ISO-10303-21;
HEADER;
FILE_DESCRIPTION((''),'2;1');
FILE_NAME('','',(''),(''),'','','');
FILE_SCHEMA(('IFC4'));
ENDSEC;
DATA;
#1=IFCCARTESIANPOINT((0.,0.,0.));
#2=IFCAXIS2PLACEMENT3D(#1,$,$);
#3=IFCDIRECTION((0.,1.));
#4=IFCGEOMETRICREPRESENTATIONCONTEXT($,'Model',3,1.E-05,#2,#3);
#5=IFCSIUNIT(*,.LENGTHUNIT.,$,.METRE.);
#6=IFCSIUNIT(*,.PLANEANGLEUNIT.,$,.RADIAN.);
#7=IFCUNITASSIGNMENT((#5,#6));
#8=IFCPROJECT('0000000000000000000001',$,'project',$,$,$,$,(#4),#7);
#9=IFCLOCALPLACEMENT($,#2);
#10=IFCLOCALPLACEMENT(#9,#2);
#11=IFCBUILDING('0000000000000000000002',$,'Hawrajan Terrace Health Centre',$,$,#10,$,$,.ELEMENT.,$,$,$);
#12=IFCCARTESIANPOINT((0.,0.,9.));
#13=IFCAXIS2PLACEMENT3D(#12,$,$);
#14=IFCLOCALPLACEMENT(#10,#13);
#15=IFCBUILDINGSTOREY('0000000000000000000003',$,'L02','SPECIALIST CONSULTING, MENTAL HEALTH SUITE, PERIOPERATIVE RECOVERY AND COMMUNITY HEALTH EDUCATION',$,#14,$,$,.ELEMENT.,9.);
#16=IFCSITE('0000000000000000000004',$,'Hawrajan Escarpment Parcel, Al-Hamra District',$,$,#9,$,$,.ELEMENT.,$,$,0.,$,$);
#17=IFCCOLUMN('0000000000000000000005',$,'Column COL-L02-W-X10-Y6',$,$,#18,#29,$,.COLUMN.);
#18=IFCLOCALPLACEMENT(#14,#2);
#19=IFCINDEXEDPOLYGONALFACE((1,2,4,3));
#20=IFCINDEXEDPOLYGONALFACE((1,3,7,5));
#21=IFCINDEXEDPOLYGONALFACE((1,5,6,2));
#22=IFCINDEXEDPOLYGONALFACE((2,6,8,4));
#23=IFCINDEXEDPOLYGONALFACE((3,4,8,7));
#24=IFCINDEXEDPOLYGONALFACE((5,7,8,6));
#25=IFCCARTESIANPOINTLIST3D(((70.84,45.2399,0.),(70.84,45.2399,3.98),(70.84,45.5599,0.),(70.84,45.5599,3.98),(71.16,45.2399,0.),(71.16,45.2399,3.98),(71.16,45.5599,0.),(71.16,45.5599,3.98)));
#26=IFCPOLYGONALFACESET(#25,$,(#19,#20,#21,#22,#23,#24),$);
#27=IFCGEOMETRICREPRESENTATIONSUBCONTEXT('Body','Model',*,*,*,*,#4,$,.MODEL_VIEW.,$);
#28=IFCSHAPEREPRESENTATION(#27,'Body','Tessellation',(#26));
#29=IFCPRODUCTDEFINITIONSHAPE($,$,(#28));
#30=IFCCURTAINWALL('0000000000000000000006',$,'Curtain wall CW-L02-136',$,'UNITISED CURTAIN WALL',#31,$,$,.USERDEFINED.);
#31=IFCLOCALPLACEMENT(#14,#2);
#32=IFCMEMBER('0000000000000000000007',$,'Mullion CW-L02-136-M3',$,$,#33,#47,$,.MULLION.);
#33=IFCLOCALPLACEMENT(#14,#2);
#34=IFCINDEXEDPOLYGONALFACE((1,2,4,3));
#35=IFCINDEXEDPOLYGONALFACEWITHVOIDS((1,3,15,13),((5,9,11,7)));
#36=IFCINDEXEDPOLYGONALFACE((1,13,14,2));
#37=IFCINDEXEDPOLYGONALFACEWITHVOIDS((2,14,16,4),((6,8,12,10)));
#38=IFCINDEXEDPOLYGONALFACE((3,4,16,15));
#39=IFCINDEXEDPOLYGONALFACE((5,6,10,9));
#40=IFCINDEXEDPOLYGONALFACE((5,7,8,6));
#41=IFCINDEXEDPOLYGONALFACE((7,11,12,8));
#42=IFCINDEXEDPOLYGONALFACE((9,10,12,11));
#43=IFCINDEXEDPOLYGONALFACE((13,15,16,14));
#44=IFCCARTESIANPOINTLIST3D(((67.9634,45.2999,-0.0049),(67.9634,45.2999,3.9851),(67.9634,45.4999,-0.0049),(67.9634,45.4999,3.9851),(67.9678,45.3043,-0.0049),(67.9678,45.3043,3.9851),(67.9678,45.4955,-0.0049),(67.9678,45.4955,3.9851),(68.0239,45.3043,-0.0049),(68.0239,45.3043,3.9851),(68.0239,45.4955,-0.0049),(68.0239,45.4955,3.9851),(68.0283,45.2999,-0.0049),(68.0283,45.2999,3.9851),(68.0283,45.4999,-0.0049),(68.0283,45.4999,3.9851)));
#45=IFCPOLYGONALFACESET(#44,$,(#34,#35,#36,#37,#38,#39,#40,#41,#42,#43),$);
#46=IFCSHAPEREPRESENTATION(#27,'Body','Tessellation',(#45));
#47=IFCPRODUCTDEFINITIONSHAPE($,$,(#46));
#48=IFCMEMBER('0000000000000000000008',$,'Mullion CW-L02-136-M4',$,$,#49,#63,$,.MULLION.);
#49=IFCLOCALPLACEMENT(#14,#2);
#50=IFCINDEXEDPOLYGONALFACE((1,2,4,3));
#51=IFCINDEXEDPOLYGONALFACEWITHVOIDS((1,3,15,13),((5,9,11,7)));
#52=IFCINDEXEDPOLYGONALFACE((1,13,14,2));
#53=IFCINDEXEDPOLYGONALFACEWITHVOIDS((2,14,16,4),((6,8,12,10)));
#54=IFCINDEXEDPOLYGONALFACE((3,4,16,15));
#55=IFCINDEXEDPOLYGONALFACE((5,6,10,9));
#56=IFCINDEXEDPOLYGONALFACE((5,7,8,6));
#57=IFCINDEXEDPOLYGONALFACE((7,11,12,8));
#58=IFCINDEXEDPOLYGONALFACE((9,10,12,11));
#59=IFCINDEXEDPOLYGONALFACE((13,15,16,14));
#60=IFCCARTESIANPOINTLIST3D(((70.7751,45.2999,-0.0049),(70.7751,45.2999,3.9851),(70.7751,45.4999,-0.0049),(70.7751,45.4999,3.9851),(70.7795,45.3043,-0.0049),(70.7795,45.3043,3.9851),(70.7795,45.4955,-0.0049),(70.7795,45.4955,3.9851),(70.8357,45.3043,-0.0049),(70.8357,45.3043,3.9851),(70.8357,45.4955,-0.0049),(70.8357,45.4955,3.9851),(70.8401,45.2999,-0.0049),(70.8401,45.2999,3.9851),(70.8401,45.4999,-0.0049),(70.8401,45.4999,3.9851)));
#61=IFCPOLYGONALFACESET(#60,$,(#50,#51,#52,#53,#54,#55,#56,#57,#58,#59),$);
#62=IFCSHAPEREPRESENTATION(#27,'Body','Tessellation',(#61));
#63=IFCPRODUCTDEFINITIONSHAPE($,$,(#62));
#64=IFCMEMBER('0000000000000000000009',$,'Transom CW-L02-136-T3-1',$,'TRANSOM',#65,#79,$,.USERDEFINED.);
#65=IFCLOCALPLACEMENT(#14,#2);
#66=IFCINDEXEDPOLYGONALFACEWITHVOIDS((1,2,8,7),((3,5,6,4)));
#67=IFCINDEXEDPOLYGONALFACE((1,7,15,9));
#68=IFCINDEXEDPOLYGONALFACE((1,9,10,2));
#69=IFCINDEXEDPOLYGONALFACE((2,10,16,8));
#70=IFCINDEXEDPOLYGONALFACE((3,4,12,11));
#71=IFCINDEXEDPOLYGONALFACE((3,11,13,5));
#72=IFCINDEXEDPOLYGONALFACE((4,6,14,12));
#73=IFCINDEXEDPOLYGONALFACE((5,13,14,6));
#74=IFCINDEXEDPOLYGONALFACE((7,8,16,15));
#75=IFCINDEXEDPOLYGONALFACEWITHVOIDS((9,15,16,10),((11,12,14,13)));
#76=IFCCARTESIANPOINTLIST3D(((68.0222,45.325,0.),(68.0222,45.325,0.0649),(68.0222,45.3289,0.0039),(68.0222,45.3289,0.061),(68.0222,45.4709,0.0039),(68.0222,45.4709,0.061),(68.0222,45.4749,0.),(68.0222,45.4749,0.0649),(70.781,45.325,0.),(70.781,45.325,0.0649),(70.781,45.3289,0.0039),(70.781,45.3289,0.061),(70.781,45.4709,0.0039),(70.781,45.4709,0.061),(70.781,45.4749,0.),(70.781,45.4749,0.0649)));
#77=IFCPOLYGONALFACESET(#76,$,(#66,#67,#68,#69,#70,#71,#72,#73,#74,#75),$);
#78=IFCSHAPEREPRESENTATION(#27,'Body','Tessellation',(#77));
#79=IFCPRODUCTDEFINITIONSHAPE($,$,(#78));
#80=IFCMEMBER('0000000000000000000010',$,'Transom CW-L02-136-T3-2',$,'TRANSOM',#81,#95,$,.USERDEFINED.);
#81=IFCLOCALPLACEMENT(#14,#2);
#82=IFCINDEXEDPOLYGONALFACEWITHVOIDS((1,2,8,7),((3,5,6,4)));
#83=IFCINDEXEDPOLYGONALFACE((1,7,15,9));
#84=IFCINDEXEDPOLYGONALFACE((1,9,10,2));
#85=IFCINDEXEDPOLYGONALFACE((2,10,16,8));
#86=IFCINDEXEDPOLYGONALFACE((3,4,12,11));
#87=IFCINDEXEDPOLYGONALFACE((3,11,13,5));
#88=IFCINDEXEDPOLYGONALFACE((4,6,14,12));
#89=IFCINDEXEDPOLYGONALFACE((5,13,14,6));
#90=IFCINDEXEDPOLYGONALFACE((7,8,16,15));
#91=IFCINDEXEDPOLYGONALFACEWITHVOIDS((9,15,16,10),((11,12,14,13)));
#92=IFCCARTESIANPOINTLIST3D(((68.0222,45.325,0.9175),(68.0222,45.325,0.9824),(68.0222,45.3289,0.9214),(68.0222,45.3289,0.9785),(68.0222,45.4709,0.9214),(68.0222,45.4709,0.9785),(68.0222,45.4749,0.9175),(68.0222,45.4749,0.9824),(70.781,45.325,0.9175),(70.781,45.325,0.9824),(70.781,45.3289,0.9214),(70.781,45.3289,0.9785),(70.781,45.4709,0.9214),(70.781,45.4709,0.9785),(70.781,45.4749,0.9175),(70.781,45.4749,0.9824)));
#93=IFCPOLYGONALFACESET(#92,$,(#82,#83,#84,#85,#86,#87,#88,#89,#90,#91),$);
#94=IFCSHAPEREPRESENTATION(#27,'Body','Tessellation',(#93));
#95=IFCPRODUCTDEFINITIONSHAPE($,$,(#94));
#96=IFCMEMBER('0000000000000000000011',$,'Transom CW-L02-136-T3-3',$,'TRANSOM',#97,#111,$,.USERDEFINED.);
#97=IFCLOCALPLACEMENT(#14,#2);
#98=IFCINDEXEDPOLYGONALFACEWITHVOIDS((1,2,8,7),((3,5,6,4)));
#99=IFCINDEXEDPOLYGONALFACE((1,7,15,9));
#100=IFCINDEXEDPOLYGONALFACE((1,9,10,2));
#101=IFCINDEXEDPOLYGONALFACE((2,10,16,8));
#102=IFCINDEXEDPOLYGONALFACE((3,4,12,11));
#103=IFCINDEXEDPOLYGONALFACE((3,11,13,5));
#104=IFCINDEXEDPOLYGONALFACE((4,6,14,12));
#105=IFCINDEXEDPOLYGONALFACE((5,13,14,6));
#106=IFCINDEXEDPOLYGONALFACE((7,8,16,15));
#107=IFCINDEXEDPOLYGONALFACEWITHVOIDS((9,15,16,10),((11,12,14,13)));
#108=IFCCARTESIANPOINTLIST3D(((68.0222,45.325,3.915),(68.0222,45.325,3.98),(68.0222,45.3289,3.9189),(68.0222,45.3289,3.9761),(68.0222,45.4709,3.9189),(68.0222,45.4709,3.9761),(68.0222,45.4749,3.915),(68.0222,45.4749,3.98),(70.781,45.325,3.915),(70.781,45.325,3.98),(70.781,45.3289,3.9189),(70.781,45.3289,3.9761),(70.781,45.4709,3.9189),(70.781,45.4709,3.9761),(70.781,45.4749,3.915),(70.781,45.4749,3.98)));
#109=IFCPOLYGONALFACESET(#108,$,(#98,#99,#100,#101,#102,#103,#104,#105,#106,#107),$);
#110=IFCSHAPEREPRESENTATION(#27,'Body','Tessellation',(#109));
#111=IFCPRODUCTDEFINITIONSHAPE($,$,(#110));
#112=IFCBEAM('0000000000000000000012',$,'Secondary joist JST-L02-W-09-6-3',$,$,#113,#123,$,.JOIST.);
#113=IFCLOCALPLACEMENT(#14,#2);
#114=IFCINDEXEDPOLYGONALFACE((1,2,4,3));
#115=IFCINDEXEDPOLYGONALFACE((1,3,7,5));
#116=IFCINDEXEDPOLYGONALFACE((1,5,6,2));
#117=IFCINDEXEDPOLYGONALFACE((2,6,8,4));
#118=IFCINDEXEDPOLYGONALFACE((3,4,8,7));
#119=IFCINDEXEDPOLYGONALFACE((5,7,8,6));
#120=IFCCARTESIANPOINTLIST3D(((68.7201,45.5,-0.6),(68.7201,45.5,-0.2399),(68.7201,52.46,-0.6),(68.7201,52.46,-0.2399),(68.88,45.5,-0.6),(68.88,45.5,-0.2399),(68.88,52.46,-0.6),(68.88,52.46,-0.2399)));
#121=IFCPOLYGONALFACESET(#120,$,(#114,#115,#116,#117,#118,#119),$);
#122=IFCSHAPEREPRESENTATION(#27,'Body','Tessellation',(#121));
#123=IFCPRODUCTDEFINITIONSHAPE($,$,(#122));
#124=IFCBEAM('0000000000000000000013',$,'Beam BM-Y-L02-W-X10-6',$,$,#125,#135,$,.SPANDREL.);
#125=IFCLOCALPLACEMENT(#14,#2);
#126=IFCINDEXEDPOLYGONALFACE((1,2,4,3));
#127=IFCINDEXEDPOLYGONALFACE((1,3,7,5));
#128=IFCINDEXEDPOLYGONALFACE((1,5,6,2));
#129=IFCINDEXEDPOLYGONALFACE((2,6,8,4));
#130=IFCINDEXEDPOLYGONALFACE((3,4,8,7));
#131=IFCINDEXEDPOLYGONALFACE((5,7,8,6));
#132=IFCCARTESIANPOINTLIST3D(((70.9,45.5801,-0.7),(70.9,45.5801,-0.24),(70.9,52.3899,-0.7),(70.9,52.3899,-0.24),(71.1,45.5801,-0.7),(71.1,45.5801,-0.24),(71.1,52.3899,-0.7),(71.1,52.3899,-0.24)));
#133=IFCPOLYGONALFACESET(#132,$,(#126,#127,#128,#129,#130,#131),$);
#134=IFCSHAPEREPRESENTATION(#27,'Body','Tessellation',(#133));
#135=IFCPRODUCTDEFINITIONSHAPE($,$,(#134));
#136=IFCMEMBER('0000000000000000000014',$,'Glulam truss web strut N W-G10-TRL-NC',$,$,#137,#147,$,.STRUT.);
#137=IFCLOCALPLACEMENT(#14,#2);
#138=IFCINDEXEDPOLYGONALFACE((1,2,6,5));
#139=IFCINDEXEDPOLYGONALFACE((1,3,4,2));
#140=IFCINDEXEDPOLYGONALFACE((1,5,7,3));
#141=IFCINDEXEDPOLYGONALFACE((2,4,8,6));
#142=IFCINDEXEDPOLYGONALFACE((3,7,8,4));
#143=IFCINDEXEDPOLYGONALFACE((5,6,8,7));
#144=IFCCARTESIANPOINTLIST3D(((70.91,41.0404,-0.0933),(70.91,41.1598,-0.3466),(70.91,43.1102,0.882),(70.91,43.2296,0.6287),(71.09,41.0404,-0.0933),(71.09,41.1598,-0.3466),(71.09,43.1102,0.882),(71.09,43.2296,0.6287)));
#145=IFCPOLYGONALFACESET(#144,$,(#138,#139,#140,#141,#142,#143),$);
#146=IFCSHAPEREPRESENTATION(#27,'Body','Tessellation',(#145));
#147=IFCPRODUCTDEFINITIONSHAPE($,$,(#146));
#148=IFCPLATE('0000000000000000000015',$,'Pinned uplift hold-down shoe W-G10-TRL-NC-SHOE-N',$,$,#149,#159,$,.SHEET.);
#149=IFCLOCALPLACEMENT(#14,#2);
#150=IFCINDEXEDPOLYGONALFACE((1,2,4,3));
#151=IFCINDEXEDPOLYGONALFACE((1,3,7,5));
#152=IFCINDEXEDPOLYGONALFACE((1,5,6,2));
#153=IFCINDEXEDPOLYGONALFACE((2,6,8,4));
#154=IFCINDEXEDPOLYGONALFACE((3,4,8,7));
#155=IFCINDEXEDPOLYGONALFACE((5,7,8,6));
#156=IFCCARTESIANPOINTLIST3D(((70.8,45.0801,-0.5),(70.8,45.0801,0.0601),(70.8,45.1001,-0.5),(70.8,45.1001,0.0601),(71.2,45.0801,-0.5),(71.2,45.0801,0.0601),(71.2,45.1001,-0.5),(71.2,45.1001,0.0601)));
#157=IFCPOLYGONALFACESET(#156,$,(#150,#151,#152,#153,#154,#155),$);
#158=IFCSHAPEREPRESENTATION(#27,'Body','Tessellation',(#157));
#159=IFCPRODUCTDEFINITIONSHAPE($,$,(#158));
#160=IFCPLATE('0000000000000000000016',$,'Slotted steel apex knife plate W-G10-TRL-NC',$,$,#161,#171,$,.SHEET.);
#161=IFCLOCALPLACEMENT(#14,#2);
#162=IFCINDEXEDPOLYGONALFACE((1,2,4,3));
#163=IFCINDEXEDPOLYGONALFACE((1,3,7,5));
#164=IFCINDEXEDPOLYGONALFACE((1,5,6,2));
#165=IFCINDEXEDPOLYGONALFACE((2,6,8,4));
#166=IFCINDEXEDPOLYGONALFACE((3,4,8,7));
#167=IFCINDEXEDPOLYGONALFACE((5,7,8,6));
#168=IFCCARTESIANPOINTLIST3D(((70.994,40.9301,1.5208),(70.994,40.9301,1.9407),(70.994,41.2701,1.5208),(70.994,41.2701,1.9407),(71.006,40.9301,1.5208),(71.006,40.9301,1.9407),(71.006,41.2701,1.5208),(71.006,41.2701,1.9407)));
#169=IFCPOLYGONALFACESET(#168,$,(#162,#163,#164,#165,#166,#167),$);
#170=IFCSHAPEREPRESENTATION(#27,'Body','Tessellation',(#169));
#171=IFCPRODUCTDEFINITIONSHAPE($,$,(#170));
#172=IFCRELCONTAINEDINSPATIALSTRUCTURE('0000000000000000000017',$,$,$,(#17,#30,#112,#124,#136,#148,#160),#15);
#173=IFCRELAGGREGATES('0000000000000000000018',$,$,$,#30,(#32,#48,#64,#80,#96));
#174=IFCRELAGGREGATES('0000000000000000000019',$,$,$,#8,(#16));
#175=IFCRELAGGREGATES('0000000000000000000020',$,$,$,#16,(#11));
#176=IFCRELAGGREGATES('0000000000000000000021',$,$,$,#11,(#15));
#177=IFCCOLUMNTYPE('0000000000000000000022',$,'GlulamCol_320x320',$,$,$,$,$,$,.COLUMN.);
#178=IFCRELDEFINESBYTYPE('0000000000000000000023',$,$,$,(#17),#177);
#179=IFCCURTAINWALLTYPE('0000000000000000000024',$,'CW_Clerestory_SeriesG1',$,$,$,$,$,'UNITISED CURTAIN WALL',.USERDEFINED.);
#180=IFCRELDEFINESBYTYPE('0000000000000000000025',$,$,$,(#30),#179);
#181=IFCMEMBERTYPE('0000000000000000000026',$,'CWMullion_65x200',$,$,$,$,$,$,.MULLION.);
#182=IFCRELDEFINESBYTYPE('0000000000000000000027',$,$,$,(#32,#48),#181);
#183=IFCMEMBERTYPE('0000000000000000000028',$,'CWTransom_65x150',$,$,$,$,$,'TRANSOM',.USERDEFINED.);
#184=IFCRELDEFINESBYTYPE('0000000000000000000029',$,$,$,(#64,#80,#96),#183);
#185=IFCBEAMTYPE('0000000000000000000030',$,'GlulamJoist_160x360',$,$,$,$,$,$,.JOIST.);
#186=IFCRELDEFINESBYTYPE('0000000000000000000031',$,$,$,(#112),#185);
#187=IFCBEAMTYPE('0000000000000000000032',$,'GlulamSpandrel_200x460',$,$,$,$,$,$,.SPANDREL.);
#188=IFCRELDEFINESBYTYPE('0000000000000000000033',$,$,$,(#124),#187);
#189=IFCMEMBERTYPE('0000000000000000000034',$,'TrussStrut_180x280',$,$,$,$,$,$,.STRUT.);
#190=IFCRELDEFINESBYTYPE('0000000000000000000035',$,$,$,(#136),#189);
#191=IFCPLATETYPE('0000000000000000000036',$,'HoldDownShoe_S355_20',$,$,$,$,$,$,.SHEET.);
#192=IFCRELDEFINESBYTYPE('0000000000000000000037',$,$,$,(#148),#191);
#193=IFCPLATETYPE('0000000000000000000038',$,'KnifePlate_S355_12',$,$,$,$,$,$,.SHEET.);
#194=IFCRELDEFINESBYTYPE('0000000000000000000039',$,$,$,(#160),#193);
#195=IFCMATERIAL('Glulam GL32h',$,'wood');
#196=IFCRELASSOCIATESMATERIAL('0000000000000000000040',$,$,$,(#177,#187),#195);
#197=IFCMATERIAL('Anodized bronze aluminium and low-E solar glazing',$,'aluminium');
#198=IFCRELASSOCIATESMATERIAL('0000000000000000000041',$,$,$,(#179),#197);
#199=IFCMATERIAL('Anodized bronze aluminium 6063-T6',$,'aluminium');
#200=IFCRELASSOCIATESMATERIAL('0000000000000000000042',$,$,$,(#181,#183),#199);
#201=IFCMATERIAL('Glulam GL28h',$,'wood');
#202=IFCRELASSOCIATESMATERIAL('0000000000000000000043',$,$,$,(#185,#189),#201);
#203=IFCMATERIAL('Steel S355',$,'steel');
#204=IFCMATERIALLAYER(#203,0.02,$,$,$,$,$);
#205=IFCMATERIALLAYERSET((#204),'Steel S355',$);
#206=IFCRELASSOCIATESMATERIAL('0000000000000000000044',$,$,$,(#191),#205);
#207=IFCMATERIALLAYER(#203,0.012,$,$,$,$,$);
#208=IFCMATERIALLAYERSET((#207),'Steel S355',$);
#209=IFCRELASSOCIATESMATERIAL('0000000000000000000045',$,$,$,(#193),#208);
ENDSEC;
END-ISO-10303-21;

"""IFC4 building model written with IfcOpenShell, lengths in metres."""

from ifc_helpers import new_model, si_unit, direction, frame, origin, origin_2d, place, context, subcontext, project, spatial, rectangle, hollow_rectangle, extrude, material, layer, layer_set, material_profile, profile_set, type_object, element, aggregate, save


model = new_model("IFC4")

# Units and contexts
model_context = context("Model", 3, precision=1e-05, world=origin(), true_north=direction((0.0, 1.0)))
body_context = subcontext(model_context, "Body", "Model", "MODEL_VIEW")
ifc_project = project(units=[si_unit("LENGTHUNIT", "METRE"), si_unit("PLANEANGLEUNIT", "RADIAN")], contexts=[model_context])

# Site, building, storey
site_placement = place(None, origin())
site = spatial("IfcSite", under=ifc_project, at=site_placement, Name="Hawrajan Escarpment Parcel, Al-Hamra District", CompositionType="ELEMENT", RefElevation=0.0)
building_placement = place(site_placement, origin())
building = spatial("IfcBuilding", under=site, at=building_placement, Name="Hawrajan Terrace Health Centre", CompositionType="ELEMENT")
storey_placement = place(building_placement, frame((0.0, 0.0, 9.0)))
storey = spatial("IfcBuildingStorey", under=building, at=storey_placement, Name="L02", Description="SPECIALIST CONSULTING, MENTAL HEALTH SUITE, PERIOPERATIVE RECOVERY AND COMMUNITY HEALTH EDUCATION", CompositionType="ELEMENT", Elevation=9.0)

# Column
ifc_material_1 = material(Name="Glulam GL32h", Category="wood")
ifc_material_profile_1 = material_profile(ifc_material_1, rectangle(XDim=0.3201, YDim=0.3201, at=origin_2d()), Name="GL 320x320")
ifc_profile_set_1 = profile_set([ifc_material_profile_1], Name="Glulam GL32h")
column_type = type_object("IfcColumnType", Name="GlulamCol_320x320", PredefinedType="COLUMN", material=ifc_profile_set_1)
column_placement = place(storey_placement, frame((71.0, 45.3999, 0.0), z_axis=(0.0, 0.0, 1.0), x_axis=(1.0, 0.0, 0.0)))
element("IfcColumn", 1, at=column_placement, inside=storey, type_object=column_type, Name="Column COL-L02-W-X10-Y6", PredefinedType="COLUMN", context=body_context, shape_type="SweptSolid", body=[
    extrude(rectangle(XDim=0.3201, YDim=0.3201, at=origin_2d()), origin(), (0.0, 0.0, 1.0), 3.98),
])

# Curtain wall, members
ifc_material_2 = material(Name="Anodized bronze aluminium and low-E solar glazing", Category="aluminium")
curtain_wall_type = type_object("IfcCurtainWallType", Name="CW_Clerestory_SeriesG1", ElementType="UNITISED CURTAIN WALL", PredefinedType="USERDEFINED", material=ifc_material_2)
curtain_wall_placement = place(storey_placement, origin())
curtain_wall = element("IfcCurtainWall", 2, at=curtain_wall_placement, inside=storey, type_object=curtain_wall_type, Name="Curtain wall CW-L02-136", ObjectType="UNITISED CURTAIN WALL", PredefinedType="USERDEFINED")
ifc_material_3 = material(Name="Anodized bronze aluminium 6063-T6", Category="aluminium")
ifc_material_profile_2 = material_profile(ifc_material_3, hollow_rectangle(XDim=0.0649, YDim=0.2, WallThickness=0.0044, at=origin_2d()), Name="CW MUL 65x200")
ifc_profile_set_2 = profile_set([ifc_material_profile_2], Name="Anodized bronze aluminium 6063-T6")
member_type_1 = type_object("IfcMemberType", Name="CWMullion_65x200", PredefinedType="MULLION", material=ifc_profile_set_2)
member_1_placement = place(storey_placement, frame((67.9958, 45.3999, -0.0049), z_axis=(0.0, 0.0, 1.0), x_axis=(1.0, 0.0, 0.0)))
member_1 = element("IfcMember", 3, at=member_1_placement, type_object=member_type_1, Name="Mullion CW-L02-136-M3", PredefinedType="MULLION", context=body_context, shape_type="SweptSolid", body=[
    extrude(hollow_rectangle(XDim=0.0649, YDim=0.2, WallThickness=0.0044, at=origin_2d()), origin(), (0.0, 0.0, 1.0), 3.99),
])
member_2_placement = place(storey_placement, frame((70.8076, 45.3999, -0.0049), z_axis=(0.0, 0.0, 1.0), x_axis=(1.0, 0.0, 0.0)))
member_2 = element("IfcMember", 4, at=member_2_placement, type_object=member_type_1, Name="Mullion CW-L02-136-M4", PredefinedType="MULLION", context=body_context, shape_type="SweptSolid", body=[
    extrude(hollow_rectangle(XDim=0.0649, YDim=0.2, WallThickness=0.0044, at=origin_2d()), origin(), (0.0, 0.0, 1.0), 3.99),
])
ifc_material_profile_3 = material_profile(ifc_material_3, hollow_rectangle(XDim=0.0649, YDim=0.1499, WallThickness=0.0039, at=origin_2d()), Name="CW TRN 65x150")
ifc_profile_set_3 = profile_set([ifc_material_profile_3], Name="Anodized bronze aluminium 6063-T6")
member_type_2 = type_object("IfcMemberType", Name="CWTransom_65x150", ElementType="TRANSOM", PredefinedType="USERDEFINED", material=ifc_profile_set_3)
member_3_placement = place(storey_placement, frame((68.0222, 45.3999, 0.0325), z_axis=(1.0, 0.0, 0.0), x_axis=(0.0, 0.0, 1.0)))
member_3 = element("IfcMember", 5, at=member_3_placement, type_object=member_type_2, Name="Transom CW-L02-136-T3-1", ObjectType="TRANSOM", PredefinedType="USERDEFINED", context=body_context, shape_type="SweptSolid", body=[
    extrude(hollow_rectangle(XDim=0.0649, YDim=0.1499, WallThickness=0.0039, at=origin_2d()), origin(), (0.0, 0.0, 1.0), 2.7588),
])
member_4_placement = place(storey_placement, frame((68.0222, 45.3999, 0.95), z_axis=(1.0, 0.0, 0.0), x_axis=(0.0, 0.0, 1.0)))
member_4 = element("IfcMember", 6, at=member_4_placement, type_object=member_type_2, Name="Transom CW-L02-136-T3-2", ObjectType="TRANSOM", PredefinedType="USERDEFINED", context=body_context, shape_type="SweptSolid", body=[
    extrude(hollow_rectangle(XDim=0.0649, YDim=0.1499, WallThickness=0.0039, at=origin_2d()), origin(), (0.0, 0.0, 1.0), 2.7588),
])
member_5_placement = place(storey_placement, frame((68.0222, 45.3999, 3.9475), z_axis=(1.0, 0.0, 0.0), x_axis=(0.0, 0.0, 1.0)))
member_5 = element("IfcMember", 7, at=member_5_placement, type_object=member_type_2, Name="Transom CW-L02-136-T3-3", ObjectType="TRANSOM", PredefinedType="USERDEFINED", context=body_context, shape_type="SweptSolid", body=[
    extrude(hollow_rectangle(XDim=0.0649, YDim=0.1499, WallThickness=0.0039, at=origin_2d()), origin(), (0.0, 0.0, 1.0), 2.7588),
])

# Beams
ifc_material_4 = material(Name="Glulam GL28h", Category="wood")
ifc_material_profile_4 = material_profile(ifc_material_4, rectangle(XDim=0.1599, YDim=0.3601, at=origin_2d()), Name="GL JST 160x360")
ifc_profile_set_4 = profile_set([ifc_material_profile_4], Name="Glulam GL28h")
beam_type_1 = type_object("IfcBeamType", Name="GlulamJoist_160x360", PredefinedType="JOIST", material=ifc_profile_set_4)
beam_1_placement = place(storey_placement, frame((68.8, 45.5, -0.4199), z_axis=(0.0, 1.0, 0.0), x_axis=(-1.0, 0.0, 0.0)))
element("IfcBeam", 8, at=beam_1_placement, inside=storey, type_object=beam_type_1, Name="Secondary joist JST-L02-W-09-6-3", PredefinedType="JOIST", context=body_context, shape_type="SweptSolid", body=[
    extrude(rectangle(XDim=0.1599, YDim=0.3601, at=origin_2d()), origin(), (0.0, 0.0, 1.0), 6.96),
])
ifc_material_profile_5 = material_profile(ifc_material_1, rectangle(XDim=0.2, YDim=0.46, at=origin_2d()), Name="GL SP 200x460")
ifc_profile_set_5 = profile_set([ifc_material_profile_5], Name="Glulam GL32h")
beam_type_2 = type_object("IfcBeamType", Name="GlulamSpandrel_200x460", PredefinedType="SPANDREL", material=ifc_profile_set_5)
beam_2_placement = place(storey_placement, frame((71.0, 45.5801, -0.47), z_axis=(0.0, 1.0, 0.0), x_axis=(-1.0, 0.0, 0.0)))
element("IfcBeam", 9, at=beam_2_placement, inside=storey, type_object=beam_type_2, Name="Beam BM-Y-L02-W-X10-6", PredefinedType="SPANDREL", context=body_context, shape_type="SweptSolid", body=[
    extrude(rectangle(XDim=0.2, YDim=0.46, at=origin_2d()), origin(), (0.0, 0.0, 1.0), 6.8098),
])

# Member
ifc_material_profile_6 = material_profile(ifc_material_4, rectangle(XDim=0.1799, YDim=0.28, at=origin_2d()), Name="GL WEB 180x280")
ifc_profile_set_6 = profile_set([ifc_material_profile_6], Name="Glulam GL28h")
member_type_3 = type_object("IfcMemberType", Name="TrussStrut_180x280", PredefinedType="STRUT", material=ifc_profile_set_6)
member_6_placement = place(storey_placement, frame((71.0, 41.1001, -0.22), z_axis=(0.0, 0.904599, 0.426265), x_axis=(-1.0, 0.0, 0.0)))
element("IfcMember", 10, at=member_6_placement, inside=storey, type_object=member_type_3, Name="Glulam truss web strut N W-G10-TRL-NC", PredefinedType="STRUT", context=body_context, shape_type="SweptSolid", body=[
    extrude(rectangle(XDim=0.1799, YDim=0.28, at=origin_2d()), origin(), (0.0, 0.0, 1.0), 2.2881),
])

# Plates
ifc_material_5 = material(Name="Steel S355", Category="steel")
ifc_layer_1 = layer(ifc_material_5, 0.02)
ifc_layer_set_1 = layer_set([ifc_layer_1], Name="Steel S355")
plate_type_1 = type_object("IfcPlateType", Name="HoldDownShoe_S355_20", PredefinedType="SHEET", material=ifc_layer_set_1)
plate_1_placement = place(storey_placement, frame((71.0, 45.0901, -0.5), z_axis=(0.0, 0.0, 1.0), x_axis=(1.0, 0.0, 0.0)))
element("IfcPlate", 11, at=plate_1_placement, inside=storey, type_object=plate_type_1, Name="Pinned uplift hold-down shoe W-G10-TRL-NC-SHOE-N", PredefinedType="SHEET", context=body_context, shape_type="SweptSolid", body=[
    extrude(rectangle(XDim=0.3999, YDim=0.02, at=origin_2d()), origin(), (0.0, 0.0, 1.0), 0.5601),
])
ifc_layer_2 = layer(ifc_material_5, 0.012)
ifc_layer_set_2 = layer_set([ifc_layer_2], Name="Steel S355")
plate_type_2 = type_object("IfcPlateType", Name="KnifePlate_S355_12", PredefinedType="SHEET", material=ifc_layer_set_2)
plate_2_placement = place(storey_placement, frame((71.0, 41.1001, 1.5208), z_axis=(0.0, 0.0, 1.0), x_axis=(1.0, 0.0, 0.0)))
element("IfcPlate", 12, at=plate_2_placement, inside=storey, type_object=plate_type_2, Name="Slotted steel apex knife plate W-G10-TRL-NC", PredefinedType="SHEET", context=body_context, shape_type="SweptSolid", body=[
    extrude(rectangle(XDim=0.012, YDim=0.3401, at=origin_2d()), origin(), (0.0, 0.0, 1.0), 0.4199),
])

aggregate(curtain_wall, [member_1, member_2, member_3, member_4, member_5])

save(model, "model.ifc")
